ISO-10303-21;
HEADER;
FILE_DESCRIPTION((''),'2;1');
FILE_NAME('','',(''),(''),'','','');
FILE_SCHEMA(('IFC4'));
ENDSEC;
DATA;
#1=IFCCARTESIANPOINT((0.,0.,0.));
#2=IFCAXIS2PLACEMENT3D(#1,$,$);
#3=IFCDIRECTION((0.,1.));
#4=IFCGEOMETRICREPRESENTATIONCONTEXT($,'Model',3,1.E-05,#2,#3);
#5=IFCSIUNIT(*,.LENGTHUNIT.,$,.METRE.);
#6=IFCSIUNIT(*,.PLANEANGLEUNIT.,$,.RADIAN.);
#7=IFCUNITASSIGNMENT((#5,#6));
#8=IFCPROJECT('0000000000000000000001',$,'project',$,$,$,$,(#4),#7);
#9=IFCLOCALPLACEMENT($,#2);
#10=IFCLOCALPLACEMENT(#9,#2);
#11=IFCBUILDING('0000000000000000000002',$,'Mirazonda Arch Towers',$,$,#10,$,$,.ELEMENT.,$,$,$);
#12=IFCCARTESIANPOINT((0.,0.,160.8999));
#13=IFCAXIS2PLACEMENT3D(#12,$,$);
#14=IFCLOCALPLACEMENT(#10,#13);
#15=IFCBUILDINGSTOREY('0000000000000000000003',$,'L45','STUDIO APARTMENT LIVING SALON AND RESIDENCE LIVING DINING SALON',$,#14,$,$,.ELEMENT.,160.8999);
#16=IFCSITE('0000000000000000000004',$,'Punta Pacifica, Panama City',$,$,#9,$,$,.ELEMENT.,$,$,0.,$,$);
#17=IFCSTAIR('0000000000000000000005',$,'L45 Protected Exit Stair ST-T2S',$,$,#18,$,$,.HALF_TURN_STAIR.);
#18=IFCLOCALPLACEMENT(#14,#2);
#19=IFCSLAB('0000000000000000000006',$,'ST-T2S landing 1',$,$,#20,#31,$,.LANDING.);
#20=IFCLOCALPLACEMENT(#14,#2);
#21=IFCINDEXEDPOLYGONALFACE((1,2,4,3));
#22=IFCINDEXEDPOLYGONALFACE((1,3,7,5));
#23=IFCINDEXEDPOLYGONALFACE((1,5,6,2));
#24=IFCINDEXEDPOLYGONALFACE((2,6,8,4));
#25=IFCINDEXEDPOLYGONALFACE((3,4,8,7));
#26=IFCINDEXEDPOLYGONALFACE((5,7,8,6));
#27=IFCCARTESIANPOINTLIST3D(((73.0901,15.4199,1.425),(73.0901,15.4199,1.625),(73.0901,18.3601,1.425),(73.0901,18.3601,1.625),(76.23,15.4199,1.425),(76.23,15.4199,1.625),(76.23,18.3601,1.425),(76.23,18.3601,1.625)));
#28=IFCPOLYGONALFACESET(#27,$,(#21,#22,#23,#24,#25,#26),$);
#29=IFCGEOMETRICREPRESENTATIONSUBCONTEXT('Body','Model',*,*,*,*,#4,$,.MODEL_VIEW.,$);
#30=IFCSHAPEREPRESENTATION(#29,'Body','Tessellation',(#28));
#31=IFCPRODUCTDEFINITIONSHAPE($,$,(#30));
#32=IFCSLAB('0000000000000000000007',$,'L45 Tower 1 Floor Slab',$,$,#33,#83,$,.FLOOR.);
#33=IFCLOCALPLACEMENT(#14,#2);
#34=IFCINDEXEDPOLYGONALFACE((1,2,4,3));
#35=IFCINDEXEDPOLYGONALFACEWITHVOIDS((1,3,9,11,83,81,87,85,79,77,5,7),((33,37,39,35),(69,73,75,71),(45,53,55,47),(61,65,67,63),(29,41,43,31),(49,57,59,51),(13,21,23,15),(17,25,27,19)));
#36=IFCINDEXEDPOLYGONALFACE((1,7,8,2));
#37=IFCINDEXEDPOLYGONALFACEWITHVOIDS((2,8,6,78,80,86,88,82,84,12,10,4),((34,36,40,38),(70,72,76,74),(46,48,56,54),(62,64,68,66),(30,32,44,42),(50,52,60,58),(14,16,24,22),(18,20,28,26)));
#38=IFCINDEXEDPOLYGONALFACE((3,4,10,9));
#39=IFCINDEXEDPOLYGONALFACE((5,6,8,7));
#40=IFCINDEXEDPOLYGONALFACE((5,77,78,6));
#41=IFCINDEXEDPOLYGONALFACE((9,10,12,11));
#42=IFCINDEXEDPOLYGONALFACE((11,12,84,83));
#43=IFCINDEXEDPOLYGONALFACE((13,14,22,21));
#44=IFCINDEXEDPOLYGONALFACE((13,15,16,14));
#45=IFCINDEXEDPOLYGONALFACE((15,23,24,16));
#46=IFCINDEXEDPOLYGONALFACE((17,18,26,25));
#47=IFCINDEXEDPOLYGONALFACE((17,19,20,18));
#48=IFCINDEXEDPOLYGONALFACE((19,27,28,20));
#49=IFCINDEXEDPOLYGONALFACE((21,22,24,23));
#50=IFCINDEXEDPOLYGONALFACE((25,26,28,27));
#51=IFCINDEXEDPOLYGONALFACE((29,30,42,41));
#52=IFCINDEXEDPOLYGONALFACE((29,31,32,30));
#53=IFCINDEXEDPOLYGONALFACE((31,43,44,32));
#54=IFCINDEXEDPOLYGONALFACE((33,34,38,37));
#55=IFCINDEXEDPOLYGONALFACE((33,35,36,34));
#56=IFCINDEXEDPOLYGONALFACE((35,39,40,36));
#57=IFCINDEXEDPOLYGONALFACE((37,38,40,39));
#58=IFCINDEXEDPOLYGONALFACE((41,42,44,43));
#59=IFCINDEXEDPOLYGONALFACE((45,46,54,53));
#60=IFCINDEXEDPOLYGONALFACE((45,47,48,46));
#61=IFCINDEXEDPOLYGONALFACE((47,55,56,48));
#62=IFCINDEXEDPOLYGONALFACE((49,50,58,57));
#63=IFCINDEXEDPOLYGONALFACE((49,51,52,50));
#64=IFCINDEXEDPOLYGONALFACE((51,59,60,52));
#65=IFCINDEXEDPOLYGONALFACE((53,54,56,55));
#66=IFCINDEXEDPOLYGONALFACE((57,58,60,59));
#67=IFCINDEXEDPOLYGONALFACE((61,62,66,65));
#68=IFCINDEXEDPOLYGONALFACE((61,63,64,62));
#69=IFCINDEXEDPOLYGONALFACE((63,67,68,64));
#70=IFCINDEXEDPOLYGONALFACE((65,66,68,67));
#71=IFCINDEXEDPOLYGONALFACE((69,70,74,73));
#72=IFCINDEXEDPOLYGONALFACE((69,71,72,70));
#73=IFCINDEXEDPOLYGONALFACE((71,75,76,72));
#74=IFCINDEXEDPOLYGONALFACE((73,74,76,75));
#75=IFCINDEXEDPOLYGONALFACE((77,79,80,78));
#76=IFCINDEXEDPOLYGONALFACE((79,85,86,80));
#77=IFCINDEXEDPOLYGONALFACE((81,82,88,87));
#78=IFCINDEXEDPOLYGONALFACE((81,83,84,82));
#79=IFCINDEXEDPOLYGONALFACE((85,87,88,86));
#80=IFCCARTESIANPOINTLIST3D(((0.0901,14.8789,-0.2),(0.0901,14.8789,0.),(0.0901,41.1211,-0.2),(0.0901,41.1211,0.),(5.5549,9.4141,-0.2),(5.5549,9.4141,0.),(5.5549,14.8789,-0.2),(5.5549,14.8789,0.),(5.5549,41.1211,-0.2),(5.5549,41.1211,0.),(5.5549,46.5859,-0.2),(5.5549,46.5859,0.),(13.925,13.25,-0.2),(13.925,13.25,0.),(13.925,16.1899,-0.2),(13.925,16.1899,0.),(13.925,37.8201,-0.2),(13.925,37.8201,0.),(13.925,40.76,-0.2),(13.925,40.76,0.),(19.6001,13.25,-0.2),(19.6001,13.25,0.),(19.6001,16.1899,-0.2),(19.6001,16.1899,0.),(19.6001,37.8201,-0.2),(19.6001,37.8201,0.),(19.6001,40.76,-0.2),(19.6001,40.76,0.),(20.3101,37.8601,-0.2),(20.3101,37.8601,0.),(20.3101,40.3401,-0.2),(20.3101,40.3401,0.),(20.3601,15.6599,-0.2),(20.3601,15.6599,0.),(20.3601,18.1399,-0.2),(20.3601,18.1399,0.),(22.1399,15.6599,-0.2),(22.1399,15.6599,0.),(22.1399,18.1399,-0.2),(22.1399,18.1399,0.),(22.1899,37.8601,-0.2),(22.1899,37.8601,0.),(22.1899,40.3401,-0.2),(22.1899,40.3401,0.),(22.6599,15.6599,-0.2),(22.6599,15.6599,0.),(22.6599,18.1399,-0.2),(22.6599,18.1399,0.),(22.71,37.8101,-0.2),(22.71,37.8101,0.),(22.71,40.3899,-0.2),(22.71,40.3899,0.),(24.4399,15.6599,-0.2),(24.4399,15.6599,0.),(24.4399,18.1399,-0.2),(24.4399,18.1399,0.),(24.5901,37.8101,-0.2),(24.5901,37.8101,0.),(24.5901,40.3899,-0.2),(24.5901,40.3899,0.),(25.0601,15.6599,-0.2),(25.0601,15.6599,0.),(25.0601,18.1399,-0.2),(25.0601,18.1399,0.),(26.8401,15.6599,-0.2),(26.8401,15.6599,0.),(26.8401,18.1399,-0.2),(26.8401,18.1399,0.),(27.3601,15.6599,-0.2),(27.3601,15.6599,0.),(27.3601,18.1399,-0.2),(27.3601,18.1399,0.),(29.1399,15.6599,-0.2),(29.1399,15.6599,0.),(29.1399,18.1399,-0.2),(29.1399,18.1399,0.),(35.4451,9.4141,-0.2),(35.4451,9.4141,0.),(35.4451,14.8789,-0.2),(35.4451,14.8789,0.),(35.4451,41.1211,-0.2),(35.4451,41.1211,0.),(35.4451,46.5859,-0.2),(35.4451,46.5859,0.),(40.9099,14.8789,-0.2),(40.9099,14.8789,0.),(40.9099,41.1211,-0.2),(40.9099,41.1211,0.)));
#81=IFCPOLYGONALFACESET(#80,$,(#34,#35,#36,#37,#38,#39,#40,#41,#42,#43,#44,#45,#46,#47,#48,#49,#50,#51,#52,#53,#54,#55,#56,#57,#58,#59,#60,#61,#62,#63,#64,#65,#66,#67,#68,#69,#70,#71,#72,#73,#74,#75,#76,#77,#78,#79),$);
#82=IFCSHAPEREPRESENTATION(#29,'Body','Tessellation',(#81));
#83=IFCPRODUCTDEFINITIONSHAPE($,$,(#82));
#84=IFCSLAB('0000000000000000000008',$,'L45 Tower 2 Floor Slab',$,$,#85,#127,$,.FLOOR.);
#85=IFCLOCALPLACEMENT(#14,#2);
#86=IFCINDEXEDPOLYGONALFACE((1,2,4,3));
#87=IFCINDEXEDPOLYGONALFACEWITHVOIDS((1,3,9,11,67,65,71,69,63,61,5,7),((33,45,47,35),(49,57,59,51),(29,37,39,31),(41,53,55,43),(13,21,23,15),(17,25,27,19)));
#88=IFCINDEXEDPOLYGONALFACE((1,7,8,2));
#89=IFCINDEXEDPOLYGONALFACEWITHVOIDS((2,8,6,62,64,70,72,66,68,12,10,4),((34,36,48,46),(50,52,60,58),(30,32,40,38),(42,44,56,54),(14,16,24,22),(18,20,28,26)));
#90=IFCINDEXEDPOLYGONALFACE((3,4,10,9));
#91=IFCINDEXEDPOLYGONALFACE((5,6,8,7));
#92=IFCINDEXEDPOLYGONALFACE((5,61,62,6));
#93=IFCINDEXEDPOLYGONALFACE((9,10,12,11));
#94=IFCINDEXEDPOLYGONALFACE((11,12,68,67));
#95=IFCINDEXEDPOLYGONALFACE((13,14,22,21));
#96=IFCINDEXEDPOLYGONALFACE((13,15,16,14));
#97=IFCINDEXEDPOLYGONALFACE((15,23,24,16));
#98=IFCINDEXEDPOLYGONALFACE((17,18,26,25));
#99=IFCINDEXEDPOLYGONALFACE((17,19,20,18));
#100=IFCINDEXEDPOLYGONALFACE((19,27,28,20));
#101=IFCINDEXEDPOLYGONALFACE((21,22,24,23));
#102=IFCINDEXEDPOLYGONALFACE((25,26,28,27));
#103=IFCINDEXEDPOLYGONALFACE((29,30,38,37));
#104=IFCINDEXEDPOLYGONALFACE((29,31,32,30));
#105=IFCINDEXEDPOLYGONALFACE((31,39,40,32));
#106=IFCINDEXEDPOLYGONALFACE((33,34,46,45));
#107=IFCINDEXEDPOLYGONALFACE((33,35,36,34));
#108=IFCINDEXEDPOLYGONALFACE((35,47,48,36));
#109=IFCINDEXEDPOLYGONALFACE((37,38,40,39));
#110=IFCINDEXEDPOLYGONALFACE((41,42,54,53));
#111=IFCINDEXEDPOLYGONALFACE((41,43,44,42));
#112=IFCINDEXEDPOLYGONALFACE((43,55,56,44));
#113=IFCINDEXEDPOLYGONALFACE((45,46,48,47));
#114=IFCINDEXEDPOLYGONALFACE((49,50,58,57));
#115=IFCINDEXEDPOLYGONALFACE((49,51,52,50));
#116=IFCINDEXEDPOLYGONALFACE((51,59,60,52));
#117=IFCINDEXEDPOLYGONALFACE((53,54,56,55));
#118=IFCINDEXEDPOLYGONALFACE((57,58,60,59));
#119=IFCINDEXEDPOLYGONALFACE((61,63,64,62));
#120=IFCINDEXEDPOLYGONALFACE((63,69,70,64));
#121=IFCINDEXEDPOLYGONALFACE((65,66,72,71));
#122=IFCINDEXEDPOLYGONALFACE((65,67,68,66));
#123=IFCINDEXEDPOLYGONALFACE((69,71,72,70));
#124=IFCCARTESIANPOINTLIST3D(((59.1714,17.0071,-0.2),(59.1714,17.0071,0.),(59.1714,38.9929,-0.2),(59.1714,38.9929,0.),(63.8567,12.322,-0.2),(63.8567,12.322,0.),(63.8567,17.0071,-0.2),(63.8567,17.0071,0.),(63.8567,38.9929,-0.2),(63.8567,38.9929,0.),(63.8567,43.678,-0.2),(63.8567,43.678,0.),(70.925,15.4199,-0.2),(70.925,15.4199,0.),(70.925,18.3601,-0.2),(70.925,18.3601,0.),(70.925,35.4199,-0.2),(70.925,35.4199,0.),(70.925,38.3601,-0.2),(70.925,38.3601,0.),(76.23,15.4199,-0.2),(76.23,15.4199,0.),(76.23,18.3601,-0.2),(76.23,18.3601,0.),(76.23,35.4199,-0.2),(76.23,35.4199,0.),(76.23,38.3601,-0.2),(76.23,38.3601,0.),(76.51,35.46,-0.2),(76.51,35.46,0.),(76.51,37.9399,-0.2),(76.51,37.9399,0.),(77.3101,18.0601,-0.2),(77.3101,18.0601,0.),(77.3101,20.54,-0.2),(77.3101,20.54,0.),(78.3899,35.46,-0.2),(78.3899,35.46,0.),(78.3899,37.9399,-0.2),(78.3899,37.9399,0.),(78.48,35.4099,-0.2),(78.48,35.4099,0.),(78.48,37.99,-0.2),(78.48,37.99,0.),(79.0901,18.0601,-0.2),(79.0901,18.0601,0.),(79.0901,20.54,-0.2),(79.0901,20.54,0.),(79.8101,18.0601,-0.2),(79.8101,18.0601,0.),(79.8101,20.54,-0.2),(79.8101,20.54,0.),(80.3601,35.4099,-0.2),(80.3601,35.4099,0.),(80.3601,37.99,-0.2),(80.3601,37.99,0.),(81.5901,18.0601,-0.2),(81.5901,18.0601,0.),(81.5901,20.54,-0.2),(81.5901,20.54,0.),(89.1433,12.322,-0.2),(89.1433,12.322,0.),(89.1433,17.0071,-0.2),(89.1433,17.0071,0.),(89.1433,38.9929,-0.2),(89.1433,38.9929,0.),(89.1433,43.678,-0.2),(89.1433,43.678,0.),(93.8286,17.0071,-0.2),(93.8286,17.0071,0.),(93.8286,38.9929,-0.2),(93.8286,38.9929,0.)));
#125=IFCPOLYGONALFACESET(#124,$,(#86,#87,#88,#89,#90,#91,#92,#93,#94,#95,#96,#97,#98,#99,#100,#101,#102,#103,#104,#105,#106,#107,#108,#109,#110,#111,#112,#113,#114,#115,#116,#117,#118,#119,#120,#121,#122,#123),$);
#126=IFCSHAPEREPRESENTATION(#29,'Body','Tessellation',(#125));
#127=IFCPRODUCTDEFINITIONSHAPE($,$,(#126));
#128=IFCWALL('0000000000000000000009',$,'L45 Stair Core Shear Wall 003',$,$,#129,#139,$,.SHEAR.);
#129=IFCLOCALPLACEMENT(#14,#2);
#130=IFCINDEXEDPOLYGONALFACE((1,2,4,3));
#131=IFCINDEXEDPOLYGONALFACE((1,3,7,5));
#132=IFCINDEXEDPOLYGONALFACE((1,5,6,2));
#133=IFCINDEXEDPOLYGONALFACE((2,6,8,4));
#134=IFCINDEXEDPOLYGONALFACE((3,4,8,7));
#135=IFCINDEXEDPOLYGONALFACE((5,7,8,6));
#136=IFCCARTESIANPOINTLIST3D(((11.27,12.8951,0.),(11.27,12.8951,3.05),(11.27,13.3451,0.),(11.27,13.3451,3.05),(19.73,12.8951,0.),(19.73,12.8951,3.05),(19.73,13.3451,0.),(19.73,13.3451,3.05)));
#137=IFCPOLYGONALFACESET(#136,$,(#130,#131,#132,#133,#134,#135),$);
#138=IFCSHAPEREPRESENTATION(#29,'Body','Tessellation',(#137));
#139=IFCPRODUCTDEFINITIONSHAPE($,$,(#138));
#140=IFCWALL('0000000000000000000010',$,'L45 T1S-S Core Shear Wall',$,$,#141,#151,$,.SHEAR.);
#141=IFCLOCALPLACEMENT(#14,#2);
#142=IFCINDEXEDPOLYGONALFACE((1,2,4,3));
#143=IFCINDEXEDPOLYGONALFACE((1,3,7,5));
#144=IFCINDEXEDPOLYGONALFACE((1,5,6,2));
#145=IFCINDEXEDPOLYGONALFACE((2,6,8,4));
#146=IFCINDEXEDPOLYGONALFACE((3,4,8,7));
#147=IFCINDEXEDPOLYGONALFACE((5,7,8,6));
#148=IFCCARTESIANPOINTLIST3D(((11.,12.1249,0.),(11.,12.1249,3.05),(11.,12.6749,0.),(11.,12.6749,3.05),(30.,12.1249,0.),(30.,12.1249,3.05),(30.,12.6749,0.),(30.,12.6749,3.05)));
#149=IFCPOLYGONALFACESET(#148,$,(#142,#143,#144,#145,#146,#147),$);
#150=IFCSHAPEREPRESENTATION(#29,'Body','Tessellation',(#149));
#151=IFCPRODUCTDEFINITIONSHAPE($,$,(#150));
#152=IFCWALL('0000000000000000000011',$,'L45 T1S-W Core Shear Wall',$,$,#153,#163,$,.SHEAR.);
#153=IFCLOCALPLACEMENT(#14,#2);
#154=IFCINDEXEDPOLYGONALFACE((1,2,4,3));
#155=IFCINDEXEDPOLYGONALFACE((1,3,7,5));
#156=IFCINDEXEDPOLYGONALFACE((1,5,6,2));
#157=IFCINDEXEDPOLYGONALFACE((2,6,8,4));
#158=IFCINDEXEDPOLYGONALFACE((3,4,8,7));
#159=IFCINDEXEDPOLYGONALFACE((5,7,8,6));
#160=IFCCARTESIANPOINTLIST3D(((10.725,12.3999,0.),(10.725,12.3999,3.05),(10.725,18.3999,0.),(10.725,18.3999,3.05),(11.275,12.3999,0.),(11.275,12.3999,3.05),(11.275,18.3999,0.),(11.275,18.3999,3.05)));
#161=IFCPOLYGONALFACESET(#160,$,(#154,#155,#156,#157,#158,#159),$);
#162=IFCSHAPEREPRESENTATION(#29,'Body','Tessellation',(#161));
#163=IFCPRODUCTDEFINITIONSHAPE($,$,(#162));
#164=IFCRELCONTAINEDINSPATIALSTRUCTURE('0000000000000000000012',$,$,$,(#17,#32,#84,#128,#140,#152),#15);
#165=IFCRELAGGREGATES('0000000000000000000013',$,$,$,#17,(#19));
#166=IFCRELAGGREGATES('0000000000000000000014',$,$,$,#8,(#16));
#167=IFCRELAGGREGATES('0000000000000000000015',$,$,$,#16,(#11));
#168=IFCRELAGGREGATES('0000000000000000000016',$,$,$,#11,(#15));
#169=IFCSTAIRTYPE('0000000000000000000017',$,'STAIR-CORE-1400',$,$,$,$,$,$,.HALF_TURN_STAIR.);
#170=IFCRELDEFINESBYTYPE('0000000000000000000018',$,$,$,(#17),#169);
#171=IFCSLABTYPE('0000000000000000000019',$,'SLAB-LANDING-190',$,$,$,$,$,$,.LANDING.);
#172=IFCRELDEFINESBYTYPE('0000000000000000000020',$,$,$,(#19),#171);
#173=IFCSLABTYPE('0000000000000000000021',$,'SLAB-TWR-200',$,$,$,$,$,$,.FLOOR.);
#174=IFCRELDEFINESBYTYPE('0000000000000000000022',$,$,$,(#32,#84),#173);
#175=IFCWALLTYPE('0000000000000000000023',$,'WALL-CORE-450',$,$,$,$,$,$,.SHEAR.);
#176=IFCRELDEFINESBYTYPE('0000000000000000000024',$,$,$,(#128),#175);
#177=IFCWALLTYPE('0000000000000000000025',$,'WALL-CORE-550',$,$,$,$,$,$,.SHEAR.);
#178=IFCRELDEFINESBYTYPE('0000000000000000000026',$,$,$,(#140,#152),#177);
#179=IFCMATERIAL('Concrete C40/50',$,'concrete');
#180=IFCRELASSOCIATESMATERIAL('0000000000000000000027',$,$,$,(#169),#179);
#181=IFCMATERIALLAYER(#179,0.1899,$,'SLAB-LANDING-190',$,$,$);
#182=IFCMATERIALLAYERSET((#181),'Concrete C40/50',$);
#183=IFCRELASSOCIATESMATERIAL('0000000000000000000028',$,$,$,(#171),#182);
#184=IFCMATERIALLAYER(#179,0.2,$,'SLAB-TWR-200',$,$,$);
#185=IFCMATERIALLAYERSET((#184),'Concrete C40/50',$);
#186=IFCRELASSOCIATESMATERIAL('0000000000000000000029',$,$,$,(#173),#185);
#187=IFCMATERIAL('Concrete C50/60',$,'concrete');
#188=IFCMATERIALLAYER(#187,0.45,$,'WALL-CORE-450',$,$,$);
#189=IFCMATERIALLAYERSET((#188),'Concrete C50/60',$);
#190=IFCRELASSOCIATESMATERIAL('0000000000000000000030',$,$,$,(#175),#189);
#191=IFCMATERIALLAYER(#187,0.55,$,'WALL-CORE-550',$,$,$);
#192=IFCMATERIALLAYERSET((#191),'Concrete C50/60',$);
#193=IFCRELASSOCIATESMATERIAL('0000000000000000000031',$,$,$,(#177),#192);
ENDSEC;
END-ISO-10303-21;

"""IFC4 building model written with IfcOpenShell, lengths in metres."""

from ifc_helpers import new_model, si_unit, direction, frame, frame_2d, origin, place, context, subcontext, project, spatial, polyline, rectangle, outline, extrude, material, layer, layer_set, type_object, element, aggregate, save


model = new_model("IFC4")

# Units and contexts
model_context = context("Model", 3, precision=1e-05, world=origin(), true_north=direction((0.0, 1.0)))
body_context = subcontext(model_context, "Body", "Model", "MODEL_VIEW")
ifc_project = project(units=[si_unit("LENGTHUNIT", "METRE"), si_unit("PLANEANGLEUNIT", "RADIAN")], contexts=[model_context])

# Site, building, storey
site_placement = place(None, origin())
site = spatial("IfcSite", under=ifc_project, at=site_placement, Name="Punta Pacifica, Panama City", CompositionType="ELEMENT", RefElevation=0.0)
building_placement = place(site_placement, origin())
building = spatial("IfcBuilding", under=site, at=building_placement, Name="Mirazonda Arch Towers", CompositionType="ELEMENT")
storey_placement = place(building_placement, frame((0.0, 0.0, 160.8999)))
storey = spatial("IfcBuildingStorey", under=building, at=storey_placement, Name="L45", Description="STUDIO APARTMENT LIVING SALON AND RESIDENCE LIVING DINING SALON", CompositionType="ELEMENT", Elevation=160.8999)

# Shared definitions
ifc_material_1 = material(Name="Concrete C50/60", Category="concrete")

# Stair, slab
ifc_material_2 = material(Name="Concrete C40/50", Category="concrete")
stair_type = type_object("IfcStairType", Name="STAIR-CORE-1400", PredefinedType="HALF_TURN_STAIR", material=ifc_material_2)
ifc_layer_1 = layer(ifc_material_2, 0.1899, Name="SLAB-LANDING-190")
ifc_layer_set_1 = layer_set([ifc_layer_1], Name="Concrete C40/50")
slab_type_1 = type_object("IfcSlabType", Name="SLAB-LANDING-190", PredefinedType="LANDING", material=ifc_layer_set_1)
stair_1_placement = place(storey_placement, origin())
stair_1 = element("IfcStair", 1, at=stair_1_placement, inside=storey, type_object=stair_type, Name="L45 Protected Exit Stair ST-T2S", PredefinedType="HALF_TURN_STAIR")
slab_1_placement = place(storey_placement, frame((0.0, 0.0, 1.425)))
slab_1 = element("IfcSlab", 2, at=slab_1_placement, type_object=slab_type_1, Name="ST-T2S landing 1", PredefinedType="LANDING", context=body_context, shape_type="SweptSolid", body=[
    extrude(outline(polyline([(73.0901, 15.4199), (76.23, 15.4199), (76.23, 18.3601), (73.0901, 18.3601), (73.0901, 15.4199)])), origin(), (0.0, 0.0, 1.0), 0.2),
])
aggregate(stair_1, [slab_1])

# Slabs
ifc_layer_2 = layer(ifc_material_2, 0.2, Name="SLAB-TWR-200")
ifc_layer_set_2 = layer_set([ifc_layer_2], Name="Concrete C40/50")
slab_type_2 = type_object("IfcSlabType", Name="SLAB-TWR-200", PredefinedType="FLOOR", material=ifc_layer_set_2)
slab_2_placement = place(storey_placement, frame((0.0, 0.0, -0.2)))
element("IfcSlab", 3, at=slab_2_placement, inside=storey, type_object=slab_type_2, Name="L45 Tower 1 Floor Slab", PredefinedType="FLOOR", context=body_context, shape_type="SweptSolid", body=[
    extrude(outline(polyline([(5.5549, 9.4141), (35.4451, 9.4141), (35.4451, 14.8789), (40.9099, 14.8789), (40.9099, 41.1211), (35.4451, 41.1211), (35.4451, 46.5859), (5.5549, 46.5859), (5.5549, 41.1211), (0.0901, 41.1211), (0.0901, 14.8789), (5.5549, 14.8789), (5.5549, 9.4141)]), holes=[polyline([(27.3601, 18.1399), (29.1399, 18.1399), (29.1399, 15.6599), (27.3601, 15.6599), (27.3601, 18.1399)]), polyline([(25.0601, 18.1399), (26.8401, 18.1399), (26.8401, 15.6599), (25.0601, 15.6599), (25.0601, 18.1399)]), polyline([(22.71, 40.3899), (24.5901, 40.3899), (24.5901, 37.8101), (22.71, 37.8101), (22.71, 40.3899)]), polyline([(22.6599, 18.1399), (24.4399, 18.1399), (24.4399, 15.6599), (22.6599, 15.6599), (22.6599, 18.1399)]), polyline([(20.3101, 40.3401), (22.1899, 40.3401), (22.1899, 37.8601), (20.3101, 37.8601), (20.3101, 40.3401)]), polyline([(20.3601, 18.1399), (22.1399, 18.1399), (22.1399, 15.6599), (20.3601, 15.6599), (20.3601, 18.1399)]), polyline([(13.925, 13.25), (13.925, 16.1899), (19.6001, 16.1899), (19.6001, 13.25), (13.925, 13.25)]), polyline([(13.925, 37.8201), (13.925, 40.76), (19.6001, 40.76), (19.6001, 37.8201), (13.925, 37.8201)])]), origin(), (0.0, 0.0, 1.0), 0.2),
])
slab_3_placement = place(storey_placement, frame((0.0, 0.0, -0.2)))
element("IfcSlab", 4, at=slab_3_placement, inside=storey, type_object=slab_type_2, Name="L45 Tower 2 Floor Slab", PredefinedType="FLOOR", context=body_context, shape_type="SweptSolid", body=[
    extrude(outline(polyline([(63.8567, 12.322), (89.1433, 12.322), (89.1433, 17.0071), (93.8286, 17.0071), (93.8286, 38.9929), (89.1433, 38.9929), (89.1433, 43.678), (63.8567, 43.678), (63.8567, 38.9929), (59.1714, 38.9929), (59.1714, 17.0071), (63.8567, 17.0071), (63.8567, 12.322)]), holes=[polyline([(79.8101, 20.54), (81.5901, 20.54), (81.5901, 18.0601), (79.8101, 18.0601), (79.8101, 20.54)]), polyline([(78.48, 37.99), (80.3601, 37.99), (80.3601, 35.4099), (78.48, 35.4099), (78.48, 37.99)]), polyline([(77.3101, 20.54), (79.0901, 20.54), (79.0901, 18.0601), (77.3101, 18.0601), (77.3101, 20.54)]), polyline([(76.51, 35.46), (76.51, 37.9399), (78.3899, 37.9399), (78.3899, 35.46), (76.51, 35.46)]), polyline([(76.23, 15.4199), (70.925, 15.4199), (70.925, 18.3601), (76.23, 18.3601), (76.23, 15.4199)]), polyline([(70.925, 35.4199), (70.925, 38.3601), (76.23, 38.3601), (76.23, 35.4199), (70.925, 35.4199)])]), origin(), (0.0, 0.0, 1.0), 0.2),
])

# Walls
ifc_layer_3 = layer(ifc_material_1, 0.45, Name="WALL-CORE-450")
ifc_layer_set_3 = layer_set([ifc_layer_3], Name="Concrete C50/60")
wall_type_1 = type_object("IfcWallType", Name="WALL-CORE-450", PredefinedType="SHEAR", material=ifc_layer_set_3)
wall_1_placement = place(storey_placement, frame((11.27, 13.1201, 0.0), z_axis=(0.0, 0.0, 1.0), x_axis=(1.0, 0.0, 0.0)))
element("IfcWall", 5, at=wall_1_placement, inside=storey, type_object=wall_type_1, Name="L45 Stair Core Shear Wall 003", PredefinedType="SHEAR", context=body_context, shape_type="SweptSolid", body=[
    extrude(rectangle(XDim=8.46, YDim=0.45, at=frame_2d((4.23, 0.0))), origin(), (0.0, 0.0, 1.0), 3.05),
])
ifc_layer_4 = layer(ifc_material_1, 0.55, Name="WALL-CORE-550")
ifc_layer_set_4 = layer_set([ifc_layer_4], Name="Concrete C50/60")
wall_type_2 = type_object("IfcWallType", Name="WALL-CORE-550", PredefinedType="SHEAR", material=ifc_layer_set_4)
wall_2_placement = place(storey_placement, frame((11.0, 12.3999, 0.0), z_axis=(0.0, 0.0, 1.0), x_axis=(1.0, 0.0, 0.0)))
element("IfcWall", 6, at=wall_2_placement, inside=storey, type_object=wall_type_2, Name="L45 T1S-S Core Shear Wall", PredefinedType="SHEAR", context=body_context, shape_type="SweptSolid", body=[
    extrude(rectangle(XDim=19.0, YDim=0.55, at=frame_2d((9.5, 0.0))), origin(), (0.0, 0.0, 1.0), 3.05),
])
wall_3_placement = place(storey_placement, frame((11.0, 12.3999, 0.0), z_axis=(0.0, 0.0, 1.0), x_axis=(0.0, 1.0, 0.0)))
element("IfcWall", 7, at=wall_3_placement, inside=storey, type_object=wall_type_2, Name="L45 T1S-W Core Shear Wall", PredefinedType="SHEAR", context=body_context, shape_type="SweptSolid", body=[
    extrude(rectangle(XDim=6.0, YDim=0.55, at=frame_2d((3.0, 0.0))), origin(), (0.0, 0.0, 1.0), 3.05),
])

save(model, "model.ifc")
